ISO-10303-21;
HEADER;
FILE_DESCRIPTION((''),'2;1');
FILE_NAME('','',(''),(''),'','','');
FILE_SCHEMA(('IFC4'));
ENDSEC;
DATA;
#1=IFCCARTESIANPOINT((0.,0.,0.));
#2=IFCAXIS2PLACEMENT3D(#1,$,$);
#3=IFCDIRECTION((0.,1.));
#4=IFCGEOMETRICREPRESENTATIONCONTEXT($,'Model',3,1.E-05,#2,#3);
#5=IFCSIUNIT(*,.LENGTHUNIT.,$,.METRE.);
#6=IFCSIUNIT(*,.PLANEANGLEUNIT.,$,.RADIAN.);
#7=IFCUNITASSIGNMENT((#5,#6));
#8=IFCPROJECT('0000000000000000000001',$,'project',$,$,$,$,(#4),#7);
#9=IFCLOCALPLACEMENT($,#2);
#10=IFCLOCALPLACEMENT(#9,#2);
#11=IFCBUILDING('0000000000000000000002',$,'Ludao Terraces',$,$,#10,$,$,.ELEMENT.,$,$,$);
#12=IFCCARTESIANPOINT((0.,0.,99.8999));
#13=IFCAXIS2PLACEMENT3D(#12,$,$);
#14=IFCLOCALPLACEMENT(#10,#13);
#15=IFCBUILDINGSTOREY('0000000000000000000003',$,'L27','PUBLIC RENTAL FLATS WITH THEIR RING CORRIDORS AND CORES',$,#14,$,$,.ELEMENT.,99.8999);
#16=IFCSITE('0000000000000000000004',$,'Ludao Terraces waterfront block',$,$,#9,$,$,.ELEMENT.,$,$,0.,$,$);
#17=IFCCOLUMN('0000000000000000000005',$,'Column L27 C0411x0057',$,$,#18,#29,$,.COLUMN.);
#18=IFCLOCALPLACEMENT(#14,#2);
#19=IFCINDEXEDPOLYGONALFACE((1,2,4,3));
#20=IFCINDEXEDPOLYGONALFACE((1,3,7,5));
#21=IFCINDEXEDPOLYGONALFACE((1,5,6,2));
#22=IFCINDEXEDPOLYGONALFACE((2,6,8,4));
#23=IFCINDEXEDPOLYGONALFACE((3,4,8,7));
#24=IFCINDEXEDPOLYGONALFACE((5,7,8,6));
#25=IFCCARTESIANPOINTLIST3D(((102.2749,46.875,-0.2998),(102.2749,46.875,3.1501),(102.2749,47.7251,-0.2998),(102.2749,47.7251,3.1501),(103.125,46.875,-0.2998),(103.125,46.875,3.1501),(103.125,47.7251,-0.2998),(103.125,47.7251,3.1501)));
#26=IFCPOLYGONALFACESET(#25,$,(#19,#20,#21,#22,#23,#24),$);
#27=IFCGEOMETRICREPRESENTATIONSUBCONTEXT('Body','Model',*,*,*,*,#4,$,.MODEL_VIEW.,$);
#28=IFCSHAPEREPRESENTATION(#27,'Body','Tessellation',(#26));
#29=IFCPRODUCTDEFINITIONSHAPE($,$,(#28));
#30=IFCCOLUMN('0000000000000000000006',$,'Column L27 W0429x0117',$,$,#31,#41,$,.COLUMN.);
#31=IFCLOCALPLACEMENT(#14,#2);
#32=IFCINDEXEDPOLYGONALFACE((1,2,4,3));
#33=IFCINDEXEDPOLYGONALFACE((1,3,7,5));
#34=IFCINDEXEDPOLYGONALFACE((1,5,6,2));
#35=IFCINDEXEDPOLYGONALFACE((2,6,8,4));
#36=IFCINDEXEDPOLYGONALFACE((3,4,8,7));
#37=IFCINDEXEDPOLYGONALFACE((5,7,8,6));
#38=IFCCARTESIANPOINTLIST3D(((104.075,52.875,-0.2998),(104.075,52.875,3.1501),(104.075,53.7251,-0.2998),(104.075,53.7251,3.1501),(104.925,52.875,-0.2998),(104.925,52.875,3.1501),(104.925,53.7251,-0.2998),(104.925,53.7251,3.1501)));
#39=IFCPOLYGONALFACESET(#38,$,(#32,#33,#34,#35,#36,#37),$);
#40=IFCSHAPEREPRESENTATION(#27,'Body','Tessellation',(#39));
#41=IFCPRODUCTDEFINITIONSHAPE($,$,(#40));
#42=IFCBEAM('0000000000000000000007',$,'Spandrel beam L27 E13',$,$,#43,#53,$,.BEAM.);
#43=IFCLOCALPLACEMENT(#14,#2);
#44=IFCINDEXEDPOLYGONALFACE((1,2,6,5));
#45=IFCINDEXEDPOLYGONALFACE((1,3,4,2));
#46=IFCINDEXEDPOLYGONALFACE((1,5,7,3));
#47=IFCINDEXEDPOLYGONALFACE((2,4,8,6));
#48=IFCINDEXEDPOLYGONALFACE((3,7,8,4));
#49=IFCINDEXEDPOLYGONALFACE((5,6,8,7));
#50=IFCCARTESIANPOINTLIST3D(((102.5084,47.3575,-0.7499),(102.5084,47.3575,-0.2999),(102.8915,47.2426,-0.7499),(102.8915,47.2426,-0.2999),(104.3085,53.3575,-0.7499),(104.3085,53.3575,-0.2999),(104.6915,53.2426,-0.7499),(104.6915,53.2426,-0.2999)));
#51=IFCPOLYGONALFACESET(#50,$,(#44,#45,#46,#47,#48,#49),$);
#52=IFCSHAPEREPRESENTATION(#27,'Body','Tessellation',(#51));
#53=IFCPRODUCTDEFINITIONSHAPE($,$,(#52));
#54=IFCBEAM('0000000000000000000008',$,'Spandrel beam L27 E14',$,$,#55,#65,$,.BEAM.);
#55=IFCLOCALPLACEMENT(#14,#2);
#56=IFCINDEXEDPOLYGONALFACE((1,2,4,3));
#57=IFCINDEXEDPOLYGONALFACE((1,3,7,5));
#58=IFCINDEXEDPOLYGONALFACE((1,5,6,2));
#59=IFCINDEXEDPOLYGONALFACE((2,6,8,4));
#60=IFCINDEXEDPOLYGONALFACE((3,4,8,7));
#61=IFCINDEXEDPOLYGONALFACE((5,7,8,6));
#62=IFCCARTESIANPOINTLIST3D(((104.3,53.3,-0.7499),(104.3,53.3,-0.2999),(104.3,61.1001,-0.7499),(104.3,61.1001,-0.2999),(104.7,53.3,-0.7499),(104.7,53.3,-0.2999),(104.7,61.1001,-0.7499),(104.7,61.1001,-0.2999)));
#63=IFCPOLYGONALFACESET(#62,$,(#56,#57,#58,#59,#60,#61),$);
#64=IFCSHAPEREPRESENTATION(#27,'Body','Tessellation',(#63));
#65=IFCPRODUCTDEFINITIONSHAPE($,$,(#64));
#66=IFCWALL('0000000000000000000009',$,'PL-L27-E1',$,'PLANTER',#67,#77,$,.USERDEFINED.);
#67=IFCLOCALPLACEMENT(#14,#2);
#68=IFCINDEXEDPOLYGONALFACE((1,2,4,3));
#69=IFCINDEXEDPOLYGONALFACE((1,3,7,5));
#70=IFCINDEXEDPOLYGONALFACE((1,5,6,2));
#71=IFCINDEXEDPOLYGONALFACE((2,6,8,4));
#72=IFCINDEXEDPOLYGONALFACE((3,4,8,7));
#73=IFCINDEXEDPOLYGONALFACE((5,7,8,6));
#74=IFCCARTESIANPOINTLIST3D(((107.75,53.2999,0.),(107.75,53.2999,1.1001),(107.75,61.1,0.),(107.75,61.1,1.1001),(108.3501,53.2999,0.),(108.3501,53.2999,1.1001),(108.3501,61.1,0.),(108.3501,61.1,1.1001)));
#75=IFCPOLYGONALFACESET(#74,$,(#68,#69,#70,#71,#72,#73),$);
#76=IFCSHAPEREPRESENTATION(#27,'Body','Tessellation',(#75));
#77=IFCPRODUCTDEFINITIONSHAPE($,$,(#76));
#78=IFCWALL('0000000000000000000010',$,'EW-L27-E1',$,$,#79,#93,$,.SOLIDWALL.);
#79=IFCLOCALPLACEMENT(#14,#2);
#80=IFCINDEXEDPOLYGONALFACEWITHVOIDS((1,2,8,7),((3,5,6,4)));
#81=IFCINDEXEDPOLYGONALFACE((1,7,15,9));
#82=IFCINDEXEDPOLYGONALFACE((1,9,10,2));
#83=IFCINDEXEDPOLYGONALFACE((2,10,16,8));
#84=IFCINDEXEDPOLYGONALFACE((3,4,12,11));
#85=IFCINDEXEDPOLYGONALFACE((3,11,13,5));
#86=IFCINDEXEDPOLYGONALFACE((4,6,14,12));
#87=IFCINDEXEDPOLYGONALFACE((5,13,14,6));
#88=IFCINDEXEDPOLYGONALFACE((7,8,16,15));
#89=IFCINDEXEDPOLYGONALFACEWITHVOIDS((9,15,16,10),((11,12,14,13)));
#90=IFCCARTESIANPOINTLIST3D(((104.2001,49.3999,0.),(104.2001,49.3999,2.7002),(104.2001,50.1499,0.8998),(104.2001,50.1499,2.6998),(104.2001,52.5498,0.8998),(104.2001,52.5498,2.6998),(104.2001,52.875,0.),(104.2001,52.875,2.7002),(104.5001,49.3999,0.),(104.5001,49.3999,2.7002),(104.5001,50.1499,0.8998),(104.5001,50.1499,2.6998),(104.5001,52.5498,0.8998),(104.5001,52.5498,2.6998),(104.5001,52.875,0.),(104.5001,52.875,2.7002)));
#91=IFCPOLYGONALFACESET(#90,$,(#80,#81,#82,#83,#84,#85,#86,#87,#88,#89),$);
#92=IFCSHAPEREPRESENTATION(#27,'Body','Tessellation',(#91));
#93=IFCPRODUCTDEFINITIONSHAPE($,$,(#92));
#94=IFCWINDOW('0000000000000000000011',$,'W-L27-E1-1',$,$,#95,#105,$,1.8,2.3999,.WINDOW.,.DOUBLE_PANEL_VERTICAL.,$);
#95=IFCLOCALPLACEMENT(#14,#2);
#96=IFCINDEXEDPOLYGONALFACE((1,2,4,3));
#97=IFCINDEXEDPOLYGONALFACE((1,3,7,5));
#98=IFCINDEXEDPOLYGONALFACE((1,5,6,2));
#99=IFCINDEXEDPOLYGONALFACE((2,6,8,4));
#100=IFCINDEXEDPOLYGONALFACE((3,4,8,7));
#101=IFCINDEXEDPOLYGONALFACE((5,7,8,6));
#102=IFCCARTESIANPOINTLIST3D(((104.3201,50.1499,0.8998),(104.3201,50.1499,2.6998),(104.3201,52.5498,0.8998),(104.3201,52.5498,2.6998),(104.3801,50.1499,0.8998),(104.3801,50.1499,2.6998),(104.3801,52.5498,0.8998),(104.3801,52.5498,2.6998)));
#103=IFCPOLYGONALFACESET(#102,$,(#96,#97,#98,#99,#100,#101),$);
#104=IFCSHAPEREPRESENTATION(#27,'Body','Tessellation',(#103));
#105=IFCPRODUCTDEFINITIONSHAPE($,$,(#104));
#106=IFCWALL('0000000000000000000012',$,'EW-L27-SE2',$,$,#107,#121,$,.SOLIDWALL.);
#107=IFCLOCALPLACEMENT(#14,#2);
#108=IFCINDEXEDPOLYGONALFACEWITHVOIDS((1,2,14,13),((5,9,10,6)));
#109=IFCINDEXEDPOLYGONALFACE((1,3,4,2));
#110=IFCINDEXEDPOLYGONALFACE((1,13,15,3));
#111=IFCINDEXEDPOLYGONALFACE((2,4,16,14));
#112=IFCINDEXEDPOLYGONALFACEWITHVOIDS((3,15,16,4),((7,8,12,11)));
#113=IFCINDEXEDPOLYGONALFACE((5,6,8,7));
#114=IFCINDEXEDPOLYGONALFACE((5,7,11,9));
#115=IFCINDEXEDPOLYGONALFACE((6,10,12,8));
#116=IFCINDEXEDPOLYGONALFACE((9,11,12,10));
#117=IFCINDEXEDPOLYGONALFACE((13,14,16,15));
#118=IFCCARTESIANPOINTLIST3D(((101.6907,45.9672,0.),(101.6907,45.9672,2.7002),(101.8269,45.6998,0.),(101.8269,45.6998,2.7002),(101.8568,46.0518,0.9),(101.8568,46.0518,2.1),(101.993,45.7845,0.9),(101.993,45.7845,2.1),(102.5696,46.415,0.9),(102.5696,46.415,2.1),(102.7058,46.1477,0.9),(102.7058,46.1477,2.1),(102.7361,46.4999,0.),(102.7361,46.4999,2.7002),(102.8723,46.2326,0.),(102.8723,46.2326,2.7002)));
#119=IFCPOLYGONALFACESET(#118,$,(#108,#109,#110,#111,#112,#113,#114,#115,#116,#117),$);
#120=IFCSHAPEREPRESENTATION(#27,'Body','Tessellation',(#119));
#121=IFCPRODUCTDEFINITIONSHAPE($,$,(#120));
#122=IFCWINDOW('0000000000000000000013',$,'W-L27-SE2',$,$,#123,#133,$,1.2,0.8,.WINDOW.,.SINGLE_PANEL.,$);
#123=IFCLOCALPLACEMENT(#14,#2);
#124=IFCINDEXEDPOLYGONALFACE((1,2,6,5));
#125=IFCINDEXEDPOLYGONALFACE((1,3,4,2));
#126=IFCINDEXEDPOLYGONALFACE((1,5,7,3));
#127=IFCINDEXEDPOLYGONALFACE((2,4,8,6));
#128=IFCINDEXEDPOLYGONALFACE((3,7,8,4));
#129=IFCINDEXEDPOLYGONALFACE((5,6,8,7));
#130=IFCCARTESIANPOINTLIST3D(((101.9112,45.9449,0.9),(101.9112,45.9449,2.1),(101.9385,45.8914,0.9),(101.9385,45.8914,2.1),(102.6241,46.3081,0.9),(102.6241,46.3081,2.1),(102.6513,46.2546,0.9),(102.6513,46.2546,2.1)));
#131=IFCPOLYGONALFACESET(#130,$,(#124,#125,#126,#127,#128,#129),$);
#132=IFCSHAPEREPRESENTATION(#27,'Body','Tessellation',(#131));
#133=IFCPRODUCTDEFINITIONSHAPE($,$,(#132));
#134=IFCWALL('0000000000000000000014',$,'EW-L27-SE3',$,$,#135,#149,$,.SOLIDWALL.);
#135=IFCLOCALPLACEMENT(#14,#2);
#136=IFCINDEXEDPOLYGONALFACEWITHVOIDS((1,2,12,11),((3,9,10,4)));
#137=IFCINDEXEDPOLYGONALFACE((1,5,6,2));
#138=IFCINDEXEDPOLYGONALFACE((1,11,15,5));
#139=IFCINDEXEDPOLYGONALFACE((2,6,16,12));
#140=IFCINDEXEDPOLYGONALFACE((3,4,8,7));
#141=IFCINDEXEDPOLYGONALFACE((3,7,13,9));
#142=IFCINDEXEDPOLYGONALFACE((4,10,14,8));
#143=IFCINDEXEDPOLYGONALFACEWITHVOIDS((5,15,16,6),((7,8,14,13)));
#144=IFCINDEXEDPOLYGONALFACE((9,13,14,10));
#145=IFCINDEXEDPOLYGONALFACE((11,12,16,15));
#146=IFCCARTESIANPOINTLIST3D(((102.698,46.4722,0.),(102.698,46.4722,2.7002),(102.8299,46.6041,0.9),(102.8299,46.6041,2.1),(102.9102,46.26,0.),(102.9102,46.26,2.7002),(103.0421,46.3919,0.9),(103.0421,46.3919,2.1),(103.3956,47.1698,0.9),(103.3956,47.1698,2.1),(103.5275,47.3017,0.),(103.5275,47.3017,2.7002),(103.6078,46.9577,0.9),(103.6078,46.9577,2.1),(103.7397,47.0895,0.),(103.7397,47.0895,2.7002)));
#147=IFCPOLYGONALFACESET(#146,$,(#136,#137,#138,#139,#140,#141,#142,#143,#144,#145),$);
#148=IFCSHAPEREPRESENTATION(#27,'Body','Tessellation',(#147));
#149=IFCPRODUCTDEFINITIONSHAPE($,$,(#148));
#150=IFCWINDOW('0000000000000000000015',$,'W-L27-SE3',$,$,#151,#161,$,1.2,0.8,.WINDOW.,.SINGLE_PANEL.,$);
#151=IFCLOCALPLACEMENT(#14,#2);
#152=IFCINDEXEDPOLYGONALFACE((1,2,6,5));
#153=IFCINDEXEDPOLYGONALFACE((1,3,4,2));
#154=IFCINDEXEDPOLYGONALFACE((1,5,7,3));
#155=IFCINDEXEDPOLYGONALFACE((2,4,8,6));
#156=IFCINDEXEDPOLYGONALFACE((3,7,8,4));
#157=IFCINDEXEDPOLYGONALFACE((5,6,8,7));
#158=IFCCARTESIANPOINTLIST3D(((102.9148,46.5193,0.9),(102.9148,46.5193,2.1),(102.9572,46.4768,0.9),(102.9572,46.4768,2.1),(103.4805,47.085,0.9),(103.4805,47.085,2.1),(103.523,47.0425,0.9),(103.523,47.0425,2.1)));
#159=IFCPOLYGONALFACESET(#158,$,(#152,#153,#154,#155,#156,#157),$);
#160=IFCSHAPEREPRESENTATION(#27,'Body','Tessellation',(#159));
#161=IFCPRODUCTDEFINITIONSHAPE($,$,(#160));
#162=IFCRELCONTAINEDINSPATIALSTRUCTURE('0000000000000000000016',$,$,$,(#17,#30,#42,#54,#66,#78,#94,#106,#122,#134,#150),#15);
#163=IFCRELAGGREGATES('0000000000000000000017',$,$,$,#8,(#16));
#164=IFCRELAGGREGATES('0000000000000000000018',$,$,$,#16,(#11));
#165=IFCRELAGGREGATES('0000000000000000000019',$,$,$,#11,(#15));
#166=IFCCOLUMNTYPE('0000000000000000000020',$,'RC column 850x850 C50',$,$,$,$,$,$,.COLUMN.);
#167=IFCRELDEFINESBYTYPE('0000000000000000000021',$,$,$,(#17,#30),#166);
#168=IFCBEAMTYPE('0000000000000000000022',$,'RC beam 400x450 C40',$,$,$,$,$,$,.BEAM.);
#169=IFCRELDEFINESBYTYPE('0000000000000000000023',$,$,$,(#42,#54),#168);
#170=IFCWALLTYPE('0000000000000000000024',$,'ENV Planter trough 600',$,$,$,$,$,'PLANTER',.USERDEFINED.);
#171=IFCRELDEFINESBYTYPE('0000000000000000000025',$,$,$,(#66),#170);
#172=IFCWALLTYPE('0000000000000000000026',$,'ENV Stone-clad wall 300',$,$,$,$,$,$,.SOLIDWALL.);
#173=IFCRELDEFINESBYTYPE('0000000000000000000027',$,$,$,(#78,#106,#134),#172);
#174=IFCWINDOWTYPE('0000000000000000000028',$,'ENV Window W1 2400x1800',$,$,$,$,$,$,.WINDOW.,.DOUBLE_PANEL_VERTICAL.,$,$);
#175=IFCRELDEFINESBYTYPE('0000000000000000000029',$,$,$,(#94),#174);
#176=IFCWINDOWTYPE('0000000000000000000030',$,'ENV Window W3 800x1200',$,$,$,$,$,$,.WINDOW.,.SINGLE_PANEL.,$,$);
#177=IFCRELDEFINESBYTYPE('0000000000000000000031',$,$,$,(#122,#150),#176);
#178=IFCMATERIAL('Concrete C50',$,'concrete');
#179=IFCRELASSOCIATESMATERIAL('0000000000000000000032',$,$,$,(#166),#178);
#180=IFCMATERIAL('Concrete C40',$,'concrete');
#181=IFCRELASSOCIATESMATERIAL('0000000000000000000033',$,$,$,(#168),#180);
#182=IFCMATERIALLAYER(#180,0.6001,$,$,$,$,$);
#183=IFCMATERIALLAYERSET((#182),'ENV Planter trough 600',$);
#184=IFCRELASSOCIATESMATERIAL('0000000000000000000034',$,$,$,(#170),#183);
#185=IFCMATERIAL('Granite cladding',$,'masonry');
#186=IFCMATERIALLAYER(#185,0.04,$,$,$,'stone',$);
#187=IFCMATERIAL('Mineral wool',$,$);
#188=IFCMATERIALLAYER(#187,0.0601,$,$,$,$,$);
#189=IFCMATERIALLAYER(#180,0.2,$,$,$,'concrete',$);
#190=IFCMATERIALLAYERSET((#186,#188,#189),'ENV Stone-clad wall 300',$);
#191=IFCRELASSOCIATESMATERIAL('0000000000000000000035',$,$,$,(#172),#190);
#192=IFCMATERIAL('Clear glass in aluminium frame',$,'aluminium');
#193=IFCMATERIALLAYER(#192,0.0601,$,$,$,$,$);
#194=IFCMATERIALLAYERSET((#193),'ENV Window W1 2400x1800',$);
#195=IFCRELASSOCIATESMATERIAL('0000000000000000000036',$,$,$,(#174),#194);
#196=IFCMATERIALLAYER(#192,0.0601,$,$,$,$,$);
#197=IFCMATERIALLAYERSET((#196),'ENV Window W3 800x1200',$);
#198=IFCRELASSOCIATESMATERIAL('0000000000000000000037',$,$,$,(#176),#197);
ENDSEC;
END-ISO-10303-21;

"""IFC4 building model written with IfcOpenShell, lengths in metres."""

from ifc_helpers import new_model, si_unit, direction, frame, frame_2d, origin, origin_2d, place, context, subcontext, project, spatial, rectangle, extrude, material, layer, layer_set, material_profile, profile_set, type_object, element, fill, save


model = new_model("IFC4")

# Units and contexts
model_context = context("Model", 3, precision=1e-05, world=origin(), true_north=direction((0.0, 1.0)))
body_context = subcontext(model_context, "Body", "Model", "MODEL_VIEW")
ifc_project = project(units=[si_unit("LENGTHUNIT", "METRE"), si_unit("PLANEANGLEUNIT", "RADIAN")], contexts=[model_context])

# Site, building, storey
site_placement = place(None, origin())
site = spatial("IfcSite", under=ifc_project, at=site_placement, Name="Ludao Terraces waterfront block", CompositionType="ELEMENT", RefElevation=0.0)
building_placement = place(site_placement, origin())
building = spatial("IfcBuilding", under=site, at=building_placement, Name="Ludao Terraces", CompositionType="ELEMENT")
storey_placement = place(building_placement, frame((0.0, 0.0, 99.8999)))
storey = spatial("IfcBuildingStorey", under=building, at=storey_placement, Name="L27", Description="PUBLIC RENTAL FLATS WITH THEIR RING CORRIDORS AND CORES", CompositionType="ELEMENT", Elevation=99.8999)

# Columns
ifc_material_1 = material(Name="Concrete C50", Category="concrete")
ifc_material_profile_1 = material_profile(ifc_material_1, rectangle(XDim=0.8501, YDim=0.8501, at=origin_2d()), Name="850 X 850")
ifc_profile_set_1 = profile_set([ifc_material_profile_1], Name="Concrete C50")
column_type = type_object("IfcColumnType", Name="RC column 850x850 C50", PredefinedType="COLUMN", material=ifc_profile_set_1)
for number, where, z_axis, x_axis, name in (
    (1, (102.7, 47.3, -0.2998), (0.0, 0.0, 1.0), (1.0, 0.0, 0.0), "Column L27 C0411x0057"),
    (2, (104.5, 53.3, -0.2998), (0.0, 0.0, 1.0), (1.0, 0.0, 0.0), "Column L27 W0429x0117"),
):
    element("IfcColumn", number, at=place(storey_placement, frame(where, z_axis=z_axis, x_axis=x_axis)), inside=storey, type_object=column_type, Name=name, PredefinedType="COLUMN", context=body_context, shape_type="SweptSolid", body=[
        extrude(rectangle(XDim=0.8501, YDim=0.8501, at=origin_2d()), origin(), (0.0, 0.0, 1.0), 3.45),
    ])

# Beams
ifc_material_2 = material(Name="Concrete C40", Category="concrete")
ifc_material_profile_2 = material_profile(ifc_material_2, rectangle(XDim=0.3999, YDim=0.45, at=origin_2d()), Name="400 X 450")
ifc_profile_set_2 = profile_set([ifc_material_profile_2], Name="Concrete C40")
beam_type = type_object("IfcBeamType", Name="RC beam 400x450 C40", PredefinedType="BEAM", material=ifc_profile_set_2)
beam_1_placement = place(storey_placement, frame((102.7, 47.3, -0.5249), z_axis=(0.287355, 0.957824, 0.0), x_axis=(-0.957824, 0.287355, 0.0)))
element("IfcBeam", 3, at=beam_1_placement, inside=storey, type_object=beam_type, Name="Spandrel beam L27 E13", PredefinedType="BEAM", context=body_context, shape_type="SweptSolid", body=[
    extrude(rectangle(XDim=0.3999, YDim=0.45, at=origin_2d()), origin(), (0.0, 0.0, 1.0), 6.2642),
])
beam_2_placement = place(storey_placement, frame((104.5, 53.3, -0.5249), z_axis=(0.0, 1.0, 0.0), x_axis=(-1.0, 0.0, 0.0)))
element("IfcBeam", 4, at=beam_2_placement, inside=storey, type_object=beam_type, Name="Spandrel beam L27 E14", PredefinedType="BEAM", context=body_context, shape_type="SweptSolid", body=[
    extrude(rectangle(XDim=0.3999, YDim=0.45, at=origin_2d()), origin(), (0.0, 0.0, 1.0), 7.8),
])

# Wall
ifc_layer_1 = layer(ifc_material_2, 0.6001)
ifc_layer_set_1 = layer_set([ifc_layer_1], Name="ENV Planter trough 600")
wall_type_1 = type_object("IfcWallType", Name="ENV Planter trough 600", ElementType="PLANTER", PredefinedType="USERDEFINED", material=ifc_layer_set_1)
wall_1_placement = place(storey_placement, frame((108.05, 53.3, 0.0), z_axis=(0.0, 0.0, 1.0), x_axis=(0.0, 1.0, 0.0)))
element("IfcWall", 5, at=wall_1_placement, inside=storey, type_object=wall_type_1, Name="PL-L27-E1", ObjectType="PLANTER", PredefinedType="USERDEFINED", context=body_context, shape_type="SweptSolid", body=[
    extrude(rectangle(XDim=7.8, YDim=0.6001, at=frame_2d((3.8999, 0.0))), origin(), (0.0, 0.0, 1.0), 1.1001),
])

# Walls, openings, windows
ifc_material_3 = material(Name="Granite cladding", Category="masonry")
ifc_layer_2 = layer(ifc_material_3, 0.04, Category="stone")
ifc_material_4 = material(Name="Mineral wool")
ifc_layer_3 = layer(ifc_material_4, 0.0601)
ifc_layer_4 = layer(ifc_material_2, 0.2, Category="concrete")
ifc_layer_set_2 = layer_set([ifc_layer_2, ifc_layer_3, ifc_layer_4], Name="ENV Stone-clad wall 300")
wall_type_2 = type_object("IfcWallType", Name="ENV Stone-clad wall 300", PredefinedType="SOLIDWALL", material=ifc_layer_set_2)
wall_2_placement = place(storey_placement, frame((104.3501, 49.3999, 0.0), z_axis=(0.0, 0.0, 1.0), x_axis=(0.0, 1.0, 0.0)))
wall_2 = element("IfcWall", 6, at=wall_2_placement, inside=storey, type_object=wall_type_2, Name="EW-L27-E1", PredefinedType="SOLIDWALL", context=body_context, shape_type="SweptSolid", body=[
    extrude(rectangle(XDim=3.4751, YDim=0.3, at=frame_2d((1.7375, 0.0))), origin(), (0.0, 0.0, 1.0), 2.7002),
])
opening_1_placement = place(wall_2_placement, frame((0.75, 0.0, 0.8999)))
opening_1 = element("IfcOpeningElement", 7, at=opening_1_placement, cuts=wall_2, PredefinedType="OPENING", context=body_context, shape_type="SweptSolid", body=[
    extrude(rectangle(XDim=2.3999, YDim=1.8, at=frame_2d((1.2, 0.8999))), frame((0.0, 0.1602, 0.0), z_axis=(0.0, -1.0, 0.0), x_axis=(1.0, 0.0, 0.0)), (0.0, 0.0, 1.0), 0.3201),
])
ifc_material_5 = material(Name="Clear glass in aluminium frame", Category="aluminium")
ifc_layer_5 = layer(ifc_material_5, 0.0601)
ifc_layer_set_3 = layer_set([ifc_layer_5], Name="ENV Window W1 2400x1800")
window_type_1 = type_object("IfcWindowType", Name="ENV Window W1 2400x1800", PartitioningType="DOUBLE_PANEL_VERTICAL", PredefinedType="WINDOW", material=ifc_layer_set_3)
window_1_placement = place(opening_1_placement, origin())
window_1 = element("IfcWindow", 8, at=window_1_placement, inside=storey, type_object=window_type_1, Name="W-L27-E1-1", OverallHeight=1.8, OverallWidth=2.3999, PartitioningType="DOUBLE_PANEL_VERTICAL", PredefinedType="WINDOW", context=body_context, shape_type="SweptSolid", body=[
    extrude(rectangle(XDim=2.3999, YDim=1.8, at=frame_2d((1.2, 0.8999))), frame((0.0, 0.03, 0.0), z_axis=(0.0, -1.0, 0.0), x_axis=(1.0, 0.0, 0.0)), (0.0, 0.0, 1.0), 0.0601),
])
fill(opening_1, window_1)
wall_3_placement = place(storey_placement, frame((101.7588, 45.8335, 0.0), z_axis=(0.0, 0.0, 1.0), x_axis=(0.890989, 0.454026, 0.0)))
wall_3 = element("IfcWall", 9, at=wall_3_placement, inside=storey, type_object=wall_type_2, Name="EW-L27-SE2", PredefinedType="SOLIDWALL", context=body_context, shape_type="SweptSolid", body=[
    extrude(rectangle(XDim=1.1733, YDim=0.3, at=frame_2d((0.5867, 0.0))), origin(), (0.0, 0.0, 1.0), 2.7002),
])
opening_2_placement = place(wall_3_placement, frame((0.1865, 0.0, 0.8999)))
opening_2 = element("IfcOpeningElement", 10, at=opening_2_placement, cuts=wall_3, PredefinedType="OPENING", context=body_context, shape_type="SweptSolid", body=[
    extrude(rectangle(XDim=0.8, YDim=1.2, at=frame_2d((0.3999, 0.6001))), frame((0.0, 0.1602, 0.0), z_axis=(0.0, -1.0, 0.0), x_axis=(1.0, 0.0, 0.0)), (0.0, 0.0, 1.0), 0.3201),
])
ifc_layer_6 = layer(ifc_material_5, 0.0601)
ifc_layer_set_4 = layer_set([ifc_layer_6], Name="ENV Window W3 800x1200")
window_type_2 = type_object("IfcWindowType", Name="ENV Window W3 800x1200", PartitioningType="SINGLE_PANEL", PredefinedType="WINDOW", material=ifc_layer_set_4)
window_2_placement = place(opening_2_placement, origin())
window_2 = element("IfcWindow", 11, at=window_2_placement, inside=storey, type_object=window_type_2, Name="W-L27-SE2", OverallHeight=1.2, OverallWidth=0.8, PartitioningType="SINGLE_PANEL", PredefinedType="WINDOW", context=body_context, shape_type="SweptSolid", body=[
    extrude(rectangle(XDim=0.8, YDim=1.2, at=frame_2d((0.3999, 0.6001))), frame((0.0, 0.03, 0.0), z_axis=(0.0, -1.0, 0.0), x_axis=(1.0, 0.0, 0.0)), (0.0, 0.0, 1.0), 0.0601),
])
fill(opening_2, window_2)
wall_4_placement = place(storey_placement, frame((102.8042, 46.3662, 0.0), z_axis=(0.0, 0.0, 1.0), x_axis=(0.707107, 0.707107, 0.0)))
wall_4 = element("IfcWall", 12, at=wall_4_placement, inside=storey, type_object=wall_type_2, Name="EW-L27-SE3", PredefinedType="SOLIDWALL", context=body_context, shape_type="SweptSolid", body=[
    extrude(rectangle(XDim=1.1731, YDim=0.3, at=frame_2d((0.5864, 0.0))), origin(), (0.0, 0.0, 1.0), 2.7002),
])
opening_3_placement = place(wall_4_placement, frame((0.1865, 0.0, 0.8999)))
opening_3 = element("IfcOpeningElement", 13, at=opening_3_placement, cuts=wall_4, PredefinedType="OPENING", context=body_context, shape_type="SweptSolid", body=[
    extrude(rectangle(XDim=0.8, YDim=1.2, at=frame_2d((0.3999, 0.6001))), frame((0.0, 0.1602, 0.0), z_axis=(0.0, -1.0, 0.0), x_axis=(1.0, 0.0, 0.0)), (0.0, 0.0, 1.0), 0.3201),
])
window_3_placement = place(opening_3_placement, origin())
window_3 = element("IfcWindow", 14, at=window_3_placement, inside=storey, type_object=window_type_2, Name="W-L27-SE3", OverallHeight=1.2, OverallWidth=0.8, PartitioningType="SINGLE_PANEL", PredefinedType="WINDOW", context=body_context, shape_type="SweptSolid", body=[
    extrude(rectangle(XDim=0.8, YDim=1.2, at=frame_2d((0.3999, 0.6001))), frame((0.0, 0.03, 0.0), z_axis=(0.0, -1.0, 0.0), x_axis=(1.0, 0.0, 0.0)), (0.0, 0.0, 1.0), 0.0601),
])
fill(opening_3, window_3)

save(model, "model.ifc")
